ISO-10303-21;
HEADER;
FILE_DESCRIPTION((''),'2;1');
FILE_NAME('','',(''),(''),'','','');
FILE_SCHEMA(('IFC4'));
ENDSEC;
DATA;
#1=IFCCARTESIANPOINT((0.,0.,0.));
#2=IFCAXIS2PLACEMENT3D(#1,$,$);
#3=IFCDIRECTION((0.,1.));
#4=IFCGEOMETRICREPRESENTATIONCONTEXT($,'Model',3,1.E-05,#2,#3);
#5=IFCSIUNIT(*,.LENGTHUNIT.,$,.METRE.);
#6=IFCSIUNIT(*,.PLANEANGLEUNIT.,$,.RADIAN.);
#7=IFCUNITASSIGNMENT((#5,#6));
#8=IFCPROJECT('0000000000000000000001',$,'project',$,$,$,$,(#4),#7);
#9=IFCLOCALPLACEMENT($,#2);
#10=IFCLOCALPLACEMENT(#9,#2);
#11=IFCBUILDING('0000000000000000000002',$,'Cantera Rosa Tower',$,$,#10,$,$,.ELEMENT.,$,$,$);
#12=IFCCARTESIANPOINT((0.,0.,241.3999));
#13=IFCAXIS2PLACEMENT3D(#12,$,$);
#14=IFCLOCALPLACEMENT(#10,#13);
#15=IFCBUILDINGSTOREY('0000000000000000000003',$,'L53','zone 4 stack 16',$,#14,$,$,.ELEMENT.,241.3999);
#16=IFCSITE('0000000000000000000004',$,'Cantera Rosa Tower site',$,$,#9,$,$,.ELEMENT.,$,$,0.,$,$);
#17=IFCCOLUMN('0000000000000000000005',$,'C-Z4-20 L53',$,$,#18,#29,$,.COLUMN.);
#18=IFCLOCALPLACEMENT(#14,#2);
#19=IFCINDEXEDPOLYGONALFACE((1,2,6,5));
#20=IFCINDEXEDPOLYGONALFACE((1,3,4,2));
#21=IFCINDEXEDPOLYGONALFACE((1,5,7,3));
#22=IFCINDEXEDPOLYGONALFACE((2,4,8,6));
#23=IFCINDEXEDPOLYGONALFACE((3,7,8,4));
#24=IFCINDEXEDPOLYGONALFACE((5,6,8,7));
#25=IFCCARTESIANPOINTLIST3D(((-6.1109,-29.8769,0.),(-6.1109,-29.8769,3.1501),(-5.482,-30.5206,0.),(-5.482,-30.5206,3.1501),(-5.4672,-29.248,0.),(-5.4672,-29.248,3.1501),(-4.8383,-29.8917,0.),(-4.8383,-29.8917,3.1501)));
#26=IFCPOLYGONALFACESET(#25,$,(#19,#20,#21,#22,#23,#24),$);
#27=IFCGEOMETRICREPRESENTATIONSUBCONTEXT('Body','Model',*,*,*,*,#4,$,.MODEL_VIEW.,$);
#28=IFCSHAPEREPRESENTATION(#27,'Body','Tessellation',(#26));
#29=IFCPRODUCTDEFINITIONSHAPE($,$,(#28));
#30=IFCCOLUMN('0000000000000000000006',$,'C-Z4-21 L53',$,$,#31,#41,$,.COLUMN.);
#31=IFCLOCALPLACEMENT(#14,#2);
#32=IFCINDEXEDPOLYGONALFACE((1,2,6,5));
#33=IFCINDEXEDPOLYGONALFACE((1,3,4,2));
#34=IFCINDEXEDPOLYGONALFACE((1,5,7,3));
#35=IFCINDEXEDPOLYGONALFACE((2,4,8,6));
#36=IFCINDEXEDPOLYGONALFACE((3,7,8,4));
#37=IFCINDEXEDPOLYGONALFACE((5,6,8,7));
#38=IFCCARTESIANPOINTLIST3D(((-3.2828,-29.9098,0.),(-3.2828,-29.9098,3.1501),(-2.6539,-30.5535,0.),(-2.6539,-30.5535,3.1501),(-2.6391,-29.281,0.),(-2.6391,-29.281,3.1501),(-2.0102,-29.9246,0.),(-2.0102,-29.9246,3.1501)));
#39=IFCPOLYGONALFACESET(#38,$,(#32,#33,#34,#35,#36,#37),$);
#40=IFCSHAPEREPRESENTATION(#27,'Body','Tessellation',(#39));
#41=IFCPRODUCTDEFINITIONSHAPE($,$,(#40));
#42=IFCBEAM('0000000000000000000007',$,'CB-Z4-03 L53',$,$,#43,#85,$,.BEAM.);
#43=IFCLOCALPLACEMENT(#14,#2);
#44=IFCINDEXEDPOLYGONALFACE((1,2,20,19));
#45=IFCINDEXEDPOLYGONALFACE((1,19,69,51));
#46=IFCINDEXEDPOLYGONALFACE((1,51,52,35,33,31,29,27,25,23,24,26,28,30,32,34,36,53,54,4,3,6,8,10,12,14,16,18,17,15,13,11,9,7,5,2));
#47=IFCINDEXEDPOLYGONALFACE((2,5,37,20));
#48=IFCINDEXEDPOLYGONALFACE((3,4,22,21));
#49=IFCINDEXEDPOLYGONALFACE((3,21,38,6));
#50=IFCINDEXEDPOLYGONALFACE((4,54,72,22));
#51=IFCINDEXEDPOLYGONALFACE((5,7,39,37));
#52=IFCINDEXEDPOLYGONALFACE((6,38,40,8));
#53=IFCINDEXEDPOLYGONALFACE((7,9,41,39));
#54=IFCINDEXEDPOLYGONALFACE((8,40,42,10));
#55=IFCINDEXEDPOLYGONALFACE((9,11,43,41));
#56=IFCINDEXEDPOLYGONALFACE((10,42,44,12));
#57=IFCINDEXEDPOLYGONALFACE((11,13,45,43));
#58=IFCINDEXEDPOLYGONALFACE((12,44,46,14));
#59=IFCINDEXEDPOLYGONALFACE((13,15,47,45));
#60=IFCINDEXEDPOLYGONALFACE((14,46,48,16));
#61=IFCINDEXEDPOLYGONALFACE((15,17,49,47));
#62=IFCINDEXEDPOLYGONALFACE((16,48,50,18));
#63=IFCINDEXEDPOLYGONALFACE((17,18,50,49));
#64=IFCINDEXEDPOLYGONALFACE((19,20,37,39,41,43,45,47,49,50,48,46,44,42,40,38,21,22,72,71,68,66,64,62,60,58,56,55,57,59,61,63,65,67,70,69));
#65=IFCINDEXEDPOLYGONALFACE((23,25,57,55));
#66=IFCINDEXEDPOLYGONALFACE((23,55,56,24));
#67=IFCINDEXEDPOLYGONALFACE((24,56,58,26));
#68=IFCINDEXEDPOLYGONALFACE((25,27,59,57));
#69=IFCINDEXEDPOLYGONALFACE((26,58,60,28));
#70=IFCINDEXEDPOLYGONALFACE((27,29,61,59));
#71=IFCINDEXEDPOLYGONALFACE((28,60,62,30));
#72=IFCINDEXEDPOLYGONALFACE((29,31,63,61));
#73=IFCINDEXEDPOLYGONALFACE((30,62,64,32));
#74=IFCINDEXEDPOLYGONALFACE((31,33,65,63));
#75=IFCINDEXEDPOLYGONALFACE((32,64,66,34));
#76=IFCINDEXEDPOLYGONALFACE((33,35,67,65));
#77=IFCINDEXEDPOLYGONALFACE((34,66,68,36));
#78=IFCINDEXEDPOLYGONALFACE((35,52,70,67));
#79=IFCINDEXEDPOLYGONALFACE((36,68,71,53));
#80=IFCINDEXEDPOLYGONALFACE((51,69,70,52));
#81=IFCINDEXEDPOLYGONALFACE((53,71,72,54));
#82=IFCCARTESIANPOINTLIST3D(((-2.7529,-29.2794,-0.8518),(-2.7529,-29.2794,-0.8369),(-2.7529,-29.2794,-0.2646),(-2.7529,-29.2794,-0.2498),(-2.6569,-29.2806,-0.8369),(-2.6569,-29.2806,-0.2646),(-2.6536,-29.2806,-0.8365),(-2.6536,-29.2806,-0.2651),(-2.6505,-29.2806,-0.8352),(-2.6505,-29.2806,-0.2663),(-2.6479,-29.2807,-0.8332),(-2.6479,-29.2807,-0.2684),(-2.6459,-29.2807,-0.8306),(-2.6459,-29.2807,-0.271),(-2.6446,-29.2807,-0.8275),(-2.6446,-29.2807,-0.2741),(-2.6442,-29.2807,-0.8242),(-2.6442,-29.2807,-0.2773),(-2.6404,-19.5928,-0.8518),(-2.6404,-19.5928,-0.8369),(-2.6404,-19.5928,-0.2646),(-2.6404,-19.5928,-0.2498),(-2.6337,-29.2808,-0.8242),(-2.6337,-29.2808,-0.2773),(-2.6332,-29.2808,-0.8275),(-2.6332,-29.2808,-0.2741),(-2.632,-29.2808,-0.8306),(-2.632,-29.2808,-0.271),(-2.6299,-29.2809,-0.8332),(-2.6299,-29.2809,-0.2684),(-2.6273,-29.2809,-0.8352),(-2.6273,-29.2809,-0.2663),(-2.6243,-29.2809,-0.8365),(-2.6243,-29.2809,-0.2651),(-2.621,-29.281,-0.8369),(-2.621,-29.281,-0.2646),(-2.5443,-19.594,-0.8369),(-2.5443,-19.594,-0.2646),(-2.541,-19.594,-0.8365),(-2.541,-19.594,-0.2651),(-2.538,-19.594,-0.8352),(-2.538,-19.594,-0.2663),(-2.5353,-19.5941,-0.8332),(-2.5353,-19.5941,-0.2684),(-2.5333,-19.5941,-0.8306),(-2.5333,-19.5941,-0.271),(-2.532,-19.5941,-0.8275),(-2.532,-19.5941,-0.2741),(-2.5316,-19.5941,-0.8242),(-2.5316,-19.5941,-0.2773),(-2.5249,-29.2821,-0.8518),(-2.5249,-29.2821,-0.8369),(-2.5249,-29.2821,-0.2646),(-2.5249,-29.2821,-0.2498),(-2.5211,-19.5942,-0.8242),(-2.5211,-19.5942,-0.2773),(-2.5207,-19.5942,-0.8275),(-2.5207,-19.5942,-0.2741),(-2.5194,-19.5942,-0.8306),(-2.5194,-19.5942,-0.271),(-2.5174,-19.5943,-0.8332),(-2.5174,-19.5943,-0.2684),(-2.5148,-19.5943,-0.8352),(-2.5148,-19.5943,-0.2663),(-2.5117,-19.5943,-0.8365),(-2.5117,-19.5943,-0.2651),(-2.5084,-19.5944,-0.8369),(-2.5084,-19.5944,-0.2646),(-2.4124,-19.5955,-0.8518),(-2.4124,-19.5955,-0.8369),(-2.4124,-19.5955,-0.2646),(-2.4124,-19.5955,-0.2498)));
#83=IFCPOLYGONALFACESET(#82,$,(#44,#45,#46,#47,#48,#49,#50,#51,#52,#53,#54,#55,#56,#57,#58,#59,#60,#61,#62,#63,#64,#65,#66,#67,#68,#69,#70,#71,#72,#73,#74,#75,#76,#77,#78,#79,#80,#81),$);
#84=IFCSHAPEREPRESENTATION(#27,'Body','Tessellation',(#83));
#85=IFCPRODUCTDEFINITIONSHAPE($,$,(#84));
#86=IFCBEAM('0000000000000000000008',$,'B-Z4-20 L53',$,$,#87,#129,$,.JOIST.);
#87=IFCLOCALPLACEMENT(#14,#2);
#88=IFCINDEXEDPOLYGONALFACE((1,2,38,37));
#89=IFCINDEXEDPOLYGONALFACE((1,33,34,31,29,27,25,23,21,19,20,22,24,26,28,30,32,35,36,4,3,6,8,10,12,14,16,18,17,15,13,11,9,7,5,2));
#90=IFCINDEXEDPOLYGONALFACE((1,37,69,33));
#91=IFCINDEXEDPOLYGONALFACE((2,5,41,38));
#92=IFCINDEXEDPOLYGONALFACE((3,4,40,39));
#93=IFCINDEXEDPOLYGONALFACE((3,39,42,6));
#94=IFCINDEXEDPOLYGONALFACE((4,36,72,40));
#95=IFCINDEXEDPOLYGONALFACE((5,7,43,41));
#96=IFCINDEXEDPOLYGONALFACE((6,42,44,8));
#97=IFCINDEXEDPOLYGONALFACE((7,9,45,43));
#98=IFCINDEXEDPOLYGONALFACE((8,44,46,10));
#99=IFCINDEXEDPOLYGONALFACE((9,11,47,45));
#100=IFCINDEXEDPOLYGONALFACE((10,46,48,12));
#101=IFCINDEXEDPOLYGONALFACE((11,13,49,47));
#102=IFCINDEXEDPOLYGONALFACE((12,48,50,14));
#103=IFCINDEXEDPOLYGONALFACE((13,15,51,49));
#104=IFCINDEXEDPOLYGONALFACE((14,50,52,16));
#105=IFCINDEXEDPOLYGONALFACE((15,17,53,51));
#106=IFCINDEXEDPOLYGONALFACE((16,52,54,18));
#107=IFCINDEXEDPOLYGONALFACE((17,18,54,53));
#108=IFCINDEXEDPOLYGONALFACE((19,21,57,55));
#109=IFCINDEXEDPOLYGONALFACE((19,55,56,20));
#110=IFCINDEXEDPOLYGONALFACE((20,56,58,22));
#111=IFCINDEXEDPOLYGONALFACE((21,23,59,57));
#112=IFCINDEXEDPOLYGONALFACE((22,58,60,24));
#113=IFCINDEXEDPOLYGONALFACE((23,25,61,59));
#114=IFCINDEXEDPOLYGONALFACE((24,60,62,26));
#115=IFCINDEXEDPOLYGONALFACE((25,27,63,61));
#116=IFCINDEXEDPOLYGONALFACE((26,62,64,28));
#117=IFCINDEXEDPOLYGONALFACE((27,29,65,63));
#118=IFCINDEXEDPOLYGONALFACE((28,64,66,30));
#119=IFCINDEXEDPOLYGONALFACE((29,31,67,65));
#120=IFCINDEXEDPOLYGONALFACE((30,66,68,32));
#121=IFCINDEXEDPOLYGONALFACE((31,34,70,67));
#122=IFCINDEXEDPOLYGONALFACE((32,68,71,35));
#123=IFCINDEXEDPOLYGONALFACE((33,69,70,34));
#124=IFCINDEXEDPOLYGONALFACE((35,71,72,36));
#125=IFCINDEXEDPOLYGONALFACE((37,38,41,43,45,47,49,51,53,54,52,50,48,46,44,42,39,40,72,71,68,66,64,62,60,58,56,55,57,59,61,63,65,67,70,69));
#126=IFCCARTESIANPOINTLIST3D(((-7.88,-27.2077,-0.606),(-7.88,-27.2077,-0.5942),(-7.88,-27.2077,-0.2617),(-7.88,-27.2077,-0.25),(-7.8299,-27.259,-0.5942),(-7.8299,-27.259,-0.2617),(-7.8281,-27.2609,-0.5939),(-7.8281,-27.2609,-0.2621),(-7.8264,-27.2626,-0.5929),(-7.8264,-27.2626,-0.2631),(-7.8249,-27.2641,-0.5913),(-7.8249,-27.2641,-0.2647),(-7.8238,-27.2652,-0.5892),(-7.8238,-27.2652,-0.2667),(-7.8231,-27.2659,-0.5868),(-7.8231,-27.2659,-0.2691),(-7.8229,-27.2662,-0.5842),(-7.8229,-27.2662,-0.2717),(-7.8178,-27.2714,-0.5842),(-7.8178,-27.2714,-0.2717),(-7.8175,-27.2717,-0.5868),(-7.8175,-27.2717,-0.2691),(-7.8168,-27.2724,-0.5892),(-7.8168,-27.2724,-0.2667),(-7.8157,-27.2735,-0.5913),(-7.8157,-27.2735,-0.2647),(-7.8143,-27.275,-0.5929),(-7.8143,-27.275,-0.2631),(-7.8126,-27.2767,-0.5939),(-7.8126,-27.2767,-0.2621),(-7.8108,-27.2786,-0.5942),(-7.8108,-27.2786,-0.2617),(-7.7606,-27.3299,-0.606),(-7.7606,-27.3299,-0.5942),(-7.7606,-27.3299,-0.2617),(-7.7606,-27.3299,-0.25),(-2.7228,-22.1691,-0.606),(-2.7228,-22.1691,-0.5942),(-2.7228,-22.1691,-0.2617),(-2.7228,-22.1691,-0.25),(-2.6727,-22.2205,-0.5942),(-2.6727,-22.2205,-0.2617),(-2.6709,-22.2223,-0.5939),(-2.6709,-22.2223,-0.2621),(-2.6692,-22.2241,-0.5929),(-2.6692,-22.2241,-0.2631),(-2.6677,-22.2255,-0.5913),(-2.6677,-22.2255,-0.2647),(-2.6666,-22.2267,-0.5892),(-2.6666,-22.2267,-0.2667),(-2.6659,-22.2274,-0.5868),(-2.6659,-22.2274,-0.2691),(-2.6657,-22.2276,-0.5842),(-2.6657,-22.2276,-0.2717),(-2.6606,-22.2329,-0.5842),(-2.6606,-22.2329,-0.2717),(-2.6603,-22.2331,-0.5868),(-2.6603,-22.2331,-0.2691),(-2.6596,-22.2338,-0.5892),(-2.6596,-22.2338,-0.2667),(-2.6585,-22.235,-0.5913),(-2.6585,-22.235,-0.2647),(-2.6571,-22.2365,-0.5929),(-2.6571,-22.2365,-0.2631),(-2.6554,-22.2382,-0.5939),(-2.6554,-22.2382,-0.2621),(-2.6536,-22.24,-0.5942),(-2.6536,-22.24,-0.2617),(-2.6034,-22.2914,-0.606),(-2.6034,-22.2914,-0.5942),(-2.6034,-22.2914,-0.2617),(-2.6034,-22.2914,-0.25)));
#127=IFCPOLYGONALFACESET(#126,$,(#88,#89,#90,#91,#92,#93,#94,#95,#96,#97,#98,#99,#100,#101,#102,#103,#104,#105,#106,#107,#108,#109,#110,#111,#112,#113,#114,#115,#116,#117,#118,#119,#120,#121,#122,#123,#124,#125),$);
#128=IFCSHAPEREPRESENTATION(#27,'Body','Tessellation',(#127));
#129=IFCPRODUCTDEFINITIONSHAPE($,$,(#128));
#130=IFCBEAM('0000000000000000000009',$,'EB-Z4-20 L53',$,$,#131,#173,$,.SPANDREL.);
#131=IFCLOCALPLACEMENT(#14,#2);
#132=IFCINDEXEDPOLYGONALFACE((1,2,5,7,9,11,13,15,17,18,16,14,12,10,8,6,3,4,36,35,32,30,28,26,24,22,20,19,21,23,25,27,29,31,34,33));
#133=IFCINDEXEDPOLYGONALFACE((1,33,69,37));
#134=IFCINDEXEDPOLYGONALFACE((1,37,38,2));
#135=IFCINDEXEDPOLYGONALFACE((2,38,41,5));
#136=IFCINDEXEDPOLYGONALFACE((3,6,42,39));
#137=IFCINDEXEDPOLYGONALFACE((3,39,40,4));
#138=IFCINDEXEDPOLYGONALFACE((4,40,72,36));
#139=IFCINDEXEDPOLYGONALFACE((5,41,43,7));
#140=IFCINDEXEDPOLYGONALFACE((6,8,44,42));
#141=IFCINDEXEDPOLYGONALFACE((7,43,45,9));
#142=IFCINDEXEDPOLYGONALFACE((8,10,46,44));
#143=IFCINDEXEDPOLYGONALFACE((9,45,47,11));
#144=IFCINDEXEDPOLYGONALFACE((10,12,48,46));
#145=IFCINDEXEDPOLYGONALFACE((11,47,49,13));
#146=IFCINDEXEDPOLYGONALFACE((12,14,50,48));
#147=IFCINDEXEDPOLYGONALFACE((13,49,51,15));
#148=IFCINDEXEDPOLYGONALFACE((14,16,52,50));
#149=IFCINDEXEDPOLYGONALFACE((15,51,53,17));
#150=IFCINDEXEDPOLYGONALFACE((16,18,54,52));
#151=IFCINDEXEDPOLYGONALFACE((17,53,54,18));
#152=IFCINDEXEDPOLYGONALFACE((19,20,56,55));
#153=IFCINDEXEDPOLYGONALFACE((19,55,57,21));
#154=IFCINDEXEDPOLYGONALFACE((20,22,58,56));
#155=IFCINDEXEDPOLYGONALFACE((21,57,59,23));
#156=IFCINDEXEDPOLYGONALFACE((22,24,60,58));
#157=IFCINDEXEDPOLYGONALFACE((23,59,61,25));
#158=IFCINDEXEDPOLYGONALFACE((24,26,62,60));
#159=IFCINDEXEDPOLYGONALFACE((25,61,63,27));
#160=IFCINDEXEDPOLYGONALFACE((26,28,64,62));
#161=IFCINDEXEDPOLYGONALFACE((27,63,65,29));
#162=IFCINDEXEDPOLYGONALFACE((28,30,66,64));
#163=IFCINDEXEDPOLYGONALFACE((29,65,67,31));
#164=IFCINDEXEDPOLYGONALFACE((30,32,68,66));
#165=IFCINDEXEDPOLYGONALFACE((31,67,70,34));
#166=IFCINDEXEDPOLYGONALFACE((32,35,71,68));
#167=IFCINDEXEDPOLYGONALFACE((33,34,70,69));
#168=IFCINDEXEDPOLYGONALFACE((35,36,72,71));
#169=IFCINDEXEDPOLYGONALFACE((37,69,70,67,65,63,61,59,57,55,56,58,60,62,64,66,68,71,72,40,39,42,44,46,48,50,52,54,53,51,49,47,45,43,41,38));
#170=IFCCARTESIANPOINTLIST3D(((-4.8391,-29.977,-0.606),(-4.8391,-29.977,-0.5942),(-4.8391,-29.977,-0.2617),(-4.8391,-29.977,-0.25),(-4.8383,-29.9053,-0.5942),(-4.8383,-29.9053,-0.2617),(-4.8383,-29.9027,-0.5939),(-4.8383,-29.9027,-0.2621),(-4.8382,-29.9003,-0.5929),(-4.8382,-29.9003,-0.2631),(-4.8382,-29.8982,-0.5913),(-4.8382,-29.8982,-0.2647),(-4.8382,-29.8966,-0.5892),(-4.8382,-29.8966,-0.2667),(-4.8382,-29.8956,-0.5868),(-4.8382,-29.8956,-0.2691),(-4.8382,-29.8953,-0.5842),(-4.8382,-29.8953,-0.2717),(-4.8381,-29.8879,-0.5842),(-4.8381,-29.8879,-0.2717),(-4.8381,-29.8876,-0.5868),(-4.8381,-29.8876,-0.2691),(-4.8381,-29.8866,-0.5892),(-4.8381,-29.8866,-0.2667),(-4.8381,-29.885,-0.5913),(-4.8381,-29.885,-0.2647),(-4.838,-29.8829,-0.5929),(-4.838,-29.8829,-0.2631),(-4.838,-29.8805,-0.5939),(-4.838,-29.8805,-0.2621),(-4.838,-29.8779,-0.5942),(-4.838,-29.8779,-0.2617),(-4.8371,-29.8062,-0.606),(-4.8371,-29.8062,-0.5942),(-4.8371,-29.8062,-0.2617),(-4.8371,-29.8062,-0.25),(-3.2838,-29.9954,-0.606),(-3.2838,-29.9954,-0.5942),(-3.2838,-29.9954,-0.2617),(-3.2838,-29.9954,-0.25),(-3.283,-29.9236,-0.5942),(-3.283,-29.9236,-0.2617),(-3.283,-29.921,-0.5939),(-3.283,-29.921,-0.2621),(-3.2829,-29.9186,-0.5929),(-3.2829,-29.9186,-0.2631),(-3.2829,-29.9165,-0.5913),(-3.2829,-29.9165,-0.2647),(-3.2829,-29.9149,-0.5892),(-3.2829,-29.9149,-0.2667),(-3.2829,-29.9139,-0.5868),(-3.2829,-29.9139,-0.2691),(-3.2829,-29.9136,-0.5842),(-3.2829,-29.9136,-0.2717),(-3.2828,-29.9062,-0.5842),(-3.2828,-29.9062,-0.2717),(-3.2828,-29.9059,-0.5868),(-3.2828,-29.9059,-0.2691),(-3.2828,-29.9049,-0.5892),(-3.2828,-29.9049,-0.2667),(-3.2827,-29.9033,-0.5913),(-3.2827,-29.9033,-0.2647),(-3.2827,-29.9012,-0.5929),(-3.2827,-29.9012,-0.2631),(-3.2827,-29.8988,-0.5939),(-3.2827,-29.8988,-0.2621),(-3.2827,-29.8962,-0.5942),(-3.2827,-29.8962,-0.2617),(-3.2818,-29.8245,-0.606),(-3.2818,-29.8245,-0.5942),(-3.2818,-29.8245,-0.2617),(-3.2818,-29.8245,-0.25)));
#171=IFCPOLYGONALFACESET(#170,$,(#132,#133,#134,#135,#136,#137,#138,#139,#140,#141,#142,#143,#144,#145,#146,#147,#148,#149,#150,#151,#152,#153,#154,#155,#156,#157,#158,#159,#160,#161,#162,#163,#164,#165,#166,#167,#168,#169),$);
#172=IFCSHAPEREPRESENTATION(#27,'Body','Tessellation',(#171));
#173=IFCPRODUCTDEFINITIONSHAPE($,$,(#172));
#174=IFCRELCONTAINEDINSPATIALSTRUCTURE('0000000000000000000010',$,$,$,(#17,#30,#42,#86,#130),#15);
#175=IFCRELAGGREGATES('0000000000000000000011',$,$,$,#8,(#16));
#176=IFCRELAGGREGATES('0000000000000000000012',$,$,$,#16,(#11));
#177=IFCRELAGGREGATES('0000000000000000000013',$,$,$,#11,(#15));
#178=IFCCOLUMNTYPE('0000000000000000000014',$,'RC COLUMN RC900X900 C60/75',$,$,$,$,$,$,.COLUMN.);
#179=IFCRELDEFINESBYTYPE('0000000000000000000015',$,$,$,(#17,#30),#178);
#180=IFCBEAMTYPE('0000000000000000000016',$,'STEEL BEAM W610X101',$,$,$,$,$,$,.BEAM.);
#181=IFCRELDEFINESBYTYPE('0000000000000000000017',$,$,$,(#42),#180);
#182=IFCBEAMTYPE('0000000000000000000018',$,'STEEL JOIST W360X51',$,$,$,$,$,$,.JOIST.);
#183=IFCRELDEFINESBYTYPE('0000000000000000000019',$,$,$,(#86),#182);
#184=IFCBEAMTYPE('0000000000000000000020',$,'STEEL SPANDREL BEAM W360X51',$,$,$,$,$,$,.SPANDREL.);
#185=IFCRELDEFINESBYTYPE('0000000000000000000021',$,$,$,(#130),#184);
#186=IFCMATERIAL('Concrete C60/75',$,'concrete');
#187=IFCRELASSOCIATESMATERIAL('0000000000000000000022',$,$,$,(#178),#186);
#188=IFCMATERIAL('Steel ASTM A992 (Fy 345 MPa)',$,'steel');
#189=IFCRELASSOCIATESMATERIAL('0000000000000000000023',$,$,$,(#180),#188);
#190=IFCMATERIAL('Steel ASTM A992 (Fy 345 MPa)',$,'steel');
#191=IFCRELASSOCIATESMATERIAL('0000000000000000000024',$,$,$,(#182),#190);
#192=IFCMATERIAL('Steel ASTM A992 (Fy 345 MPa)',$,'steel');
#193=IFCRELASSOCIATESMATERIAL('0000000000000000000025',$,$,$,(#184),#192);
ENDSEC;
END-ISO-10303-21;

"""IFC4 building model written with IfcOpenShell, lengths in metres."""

from ifc_helpers import new_model, si_unit, direction, frame, origin, origin_2d, place, context, subcontext, project, spatial, rectangle, i_section, extrude, material, material_profile, profile_set, type_object, element, save


model = new_model("IFC4")

# Units and contexts
model_context = context("Model", 3, precision=1e-05, world=origin(), true_north=direction((0.0, 1.0)))
body_context = subcontext(model_context, "Body", "Model", "MODEL_VIEW")
ifc_project = project(units=[si_unit("LENGTHUNIT", "METRE"), si_unit("PLANEANGLEUNIT", "RADIAN")], contexts=[model_context])

# Site, building, storey
site_placement = place(None, origin())
site = spatial("IfcSite", under=ifc_project, at=site_placement, Name="Cantera Rosa Tower site", CompositionType="ELEMENT", RefElevation=0.0)
building_placement = place(site_placement, origin())
building = spatial("IfcBuilding", under=site, at=building_placement, Name="Cantera Rosa Tower", CompositionType="ELEMENT")
storey_placement = place(building_placement, frame((0.0, 0.0, 241.3999)))
storey = spatial("IfcBuildingStorey", under=building, at=storey_placement, Name="L53", Description="zone 4 stack 16", CompositionType="ELEMENT", Elevation=241.3999)

# Columns
ifc_material_1 = material(Name="Concrete C60/75", Category="concrete")
ifc_material_profile_1 = material_profile(ifc_material_1, rectangle(XDim=0.8999, YDim=0.8999, at=origin_2d()), Name="RC COLUMN RC900X900 C60/75")
ifc_profile_set_1 = profile_set([ifc_material_profile_1], Name="Concrete C60/75")
column_type = type_object("IfcColumnType", Name="RC COLUMN RC900X900 C60/75", PredefinedType="COLUMN", material=ifc_profile_set_1)
for number, where, z_axis, x_axis, name in (
    (1, (-5.4746, -29.8843, 0.0), (0.0, 0.0, 1.0), (0.715286, 0.698832, 0.0), "C-Z4-20 L53"),
    (2, (-2.6465, -29.9172, 0.0), (0.0, 0.0, 1.0), (0.715286, 0.698832, 0.0), "C-Z4-21 L53"),
):
    element("IfcColumn", number, at=place(storey_placement, frame(where, z_axis=z_axis, x_axis=x_axis)), inside=storey, type_object=column_type, Name=name, PredefinedType="COLUMN", context=body_context, shape_type="SweptSolid", body=[
        extrude(rectangle(XDim=0.8999, YDim=0.8999, at=origin_2d()), origin(), (0.0, 0.0, 1.0), 3.1501),
    ])

# Beams
ifc_material_2 = material(Name="Steel ASTM A992 (Fy 345 MPa)", Category="steel")
ifc_material_profile_2 = material_profile(ifc_material_2, i_section(OverallWidth=0.228, OverallDepth=0.6021, WebThickness=0.0105, FlangeThickness=0.0149, FilletRadius=0.0127, at=origin_2d()), Name="W610X101")
ifc_profile_set_2 = profile_set([ifc_material_profile_2], Name="Steel ASTM A992 (Fy 345 MPa)")
beam_type_1 = type_object("IfcBeamType", Name="STEEL BEAM W610X101", PredefinedType="BEAM", material=ifc_profile_set_2)
beam_1_placement = place(storey_placement, frame((-2.6389, -29.2808, -0.5508), z_axis=(0.011618, 0.999933, 0.0), x_axis=(-0.999933, 0.011618, 0.0)))
element("IfcBeam", 3, at=beam_1_placement, inside=storey, type_object=beam_type_1, Name="CB-Z4-03 L53", PredefinedType="BEAM", context=body_context, shape_type="SweptSolid", body=[
    extrude(i_section(OverallWidth=0.228, OverallDepth=0.6021, WebThickness=0.0105, FlangeThickness=0.0149, FilletRadius=0.0127, at=origin_2d()), origin(), (0.0, 0.0, 1.0), 9.6873),
])
ifc_material_3 = material(Name="Steel ASTM A992 (Fy 345 MPa)", Category="steel")
ifc_material_profile_3 = material_profile(ifc_material_3, i_section(OverallWidth=0.1709, OverallDepth=0.356, WebThickness=0.0073, FlangeThickness=0.0117, FilletRadius=0.01, at=origin_2d()), Name="W360X51")
ifc_profile_set_3 = profile_set([ifc_material_profile_3], Name="Steel ASTM A992 (Fy 345 MPa)")
beam_type_2 = type_object("IfcBeamType", Name="STEEL JOIST W360X51", PredefinedType="JOIST", material=ifc_profile_set_3)
beam_2_placement = place(storey_placement, frame((-7.8203, -27.2688, -0.428), z_axis=(0.715287, 0.698831, 0.0), x_axis=(-0.698831, 0.715287, 0.0)))
element("IfcBeam", 4, at=beam_2_placement, inside=storey, type_object=beam_type_2, Name="B-Z4-20 L53", PredefinedType="JOIST", context=body_context, shape_type="SweptSolid", body=[
    extrude(i_section(OverallWidth=0.1709, OverallDepth=0.356, WebThickness=0.0073, FlangeThickness=0.0117, FilletRadius=0.01, at=origin_2d()), origin(), (0.0, 0.0, 1.0), 7.21),
])
ifc_material_4 = material(Name="Steel ASTM A992 (Fy 345 MPa)", Category="steel")
ifc_material_profile_4 = material_profile(ifc_material_4, i_section(OverallWidth=0.1709, OverallDepth=0.356, WebThickness=0.0073, FlangeThickness=0.0117, FilletRadius=0.01, at=origin_2d()), Name="W360X51")
ifc_profile_set_4 = profile_set([ifc_material_profile_4], Name="Steel ASTM A992 (Fy 345 MPa)")
beam_type_3 = type_object("IfcBeamType", Name="STEEL SPANDREL BEAM W360X51", PredefinedType="SPANDREL", material=ifc_profile_set_4)
for number, where, z_axis, x_axis, name in (
    (5, (-4.8381, -29.8916, -0.428), (0.999931, -0.011771, 0.0), (0.011771, 0.999931, 0.0), "EB-Z4-20 L53"),
):
    element("IfcBeam", number, at=place(storey_placement, frame(where, z_axis=z_axis, x_axis=x_axis)), inside=storey, type_object=beam_type_3, Name=name, PredefinedType="SPANDREL", context=body_context, shape_type="SweptSolid", body=[
        extrude(i_section(OverallWidth=0.1709, OverallDepth=0.356, WebThickness=0.0073, FlangeThickness=0.0117, FilletRadius=0.01, at=origin_2d()), origin(), (0.0, 0.0, 1.0), 1.5554),
    ])

save(model, "model.ifc")
